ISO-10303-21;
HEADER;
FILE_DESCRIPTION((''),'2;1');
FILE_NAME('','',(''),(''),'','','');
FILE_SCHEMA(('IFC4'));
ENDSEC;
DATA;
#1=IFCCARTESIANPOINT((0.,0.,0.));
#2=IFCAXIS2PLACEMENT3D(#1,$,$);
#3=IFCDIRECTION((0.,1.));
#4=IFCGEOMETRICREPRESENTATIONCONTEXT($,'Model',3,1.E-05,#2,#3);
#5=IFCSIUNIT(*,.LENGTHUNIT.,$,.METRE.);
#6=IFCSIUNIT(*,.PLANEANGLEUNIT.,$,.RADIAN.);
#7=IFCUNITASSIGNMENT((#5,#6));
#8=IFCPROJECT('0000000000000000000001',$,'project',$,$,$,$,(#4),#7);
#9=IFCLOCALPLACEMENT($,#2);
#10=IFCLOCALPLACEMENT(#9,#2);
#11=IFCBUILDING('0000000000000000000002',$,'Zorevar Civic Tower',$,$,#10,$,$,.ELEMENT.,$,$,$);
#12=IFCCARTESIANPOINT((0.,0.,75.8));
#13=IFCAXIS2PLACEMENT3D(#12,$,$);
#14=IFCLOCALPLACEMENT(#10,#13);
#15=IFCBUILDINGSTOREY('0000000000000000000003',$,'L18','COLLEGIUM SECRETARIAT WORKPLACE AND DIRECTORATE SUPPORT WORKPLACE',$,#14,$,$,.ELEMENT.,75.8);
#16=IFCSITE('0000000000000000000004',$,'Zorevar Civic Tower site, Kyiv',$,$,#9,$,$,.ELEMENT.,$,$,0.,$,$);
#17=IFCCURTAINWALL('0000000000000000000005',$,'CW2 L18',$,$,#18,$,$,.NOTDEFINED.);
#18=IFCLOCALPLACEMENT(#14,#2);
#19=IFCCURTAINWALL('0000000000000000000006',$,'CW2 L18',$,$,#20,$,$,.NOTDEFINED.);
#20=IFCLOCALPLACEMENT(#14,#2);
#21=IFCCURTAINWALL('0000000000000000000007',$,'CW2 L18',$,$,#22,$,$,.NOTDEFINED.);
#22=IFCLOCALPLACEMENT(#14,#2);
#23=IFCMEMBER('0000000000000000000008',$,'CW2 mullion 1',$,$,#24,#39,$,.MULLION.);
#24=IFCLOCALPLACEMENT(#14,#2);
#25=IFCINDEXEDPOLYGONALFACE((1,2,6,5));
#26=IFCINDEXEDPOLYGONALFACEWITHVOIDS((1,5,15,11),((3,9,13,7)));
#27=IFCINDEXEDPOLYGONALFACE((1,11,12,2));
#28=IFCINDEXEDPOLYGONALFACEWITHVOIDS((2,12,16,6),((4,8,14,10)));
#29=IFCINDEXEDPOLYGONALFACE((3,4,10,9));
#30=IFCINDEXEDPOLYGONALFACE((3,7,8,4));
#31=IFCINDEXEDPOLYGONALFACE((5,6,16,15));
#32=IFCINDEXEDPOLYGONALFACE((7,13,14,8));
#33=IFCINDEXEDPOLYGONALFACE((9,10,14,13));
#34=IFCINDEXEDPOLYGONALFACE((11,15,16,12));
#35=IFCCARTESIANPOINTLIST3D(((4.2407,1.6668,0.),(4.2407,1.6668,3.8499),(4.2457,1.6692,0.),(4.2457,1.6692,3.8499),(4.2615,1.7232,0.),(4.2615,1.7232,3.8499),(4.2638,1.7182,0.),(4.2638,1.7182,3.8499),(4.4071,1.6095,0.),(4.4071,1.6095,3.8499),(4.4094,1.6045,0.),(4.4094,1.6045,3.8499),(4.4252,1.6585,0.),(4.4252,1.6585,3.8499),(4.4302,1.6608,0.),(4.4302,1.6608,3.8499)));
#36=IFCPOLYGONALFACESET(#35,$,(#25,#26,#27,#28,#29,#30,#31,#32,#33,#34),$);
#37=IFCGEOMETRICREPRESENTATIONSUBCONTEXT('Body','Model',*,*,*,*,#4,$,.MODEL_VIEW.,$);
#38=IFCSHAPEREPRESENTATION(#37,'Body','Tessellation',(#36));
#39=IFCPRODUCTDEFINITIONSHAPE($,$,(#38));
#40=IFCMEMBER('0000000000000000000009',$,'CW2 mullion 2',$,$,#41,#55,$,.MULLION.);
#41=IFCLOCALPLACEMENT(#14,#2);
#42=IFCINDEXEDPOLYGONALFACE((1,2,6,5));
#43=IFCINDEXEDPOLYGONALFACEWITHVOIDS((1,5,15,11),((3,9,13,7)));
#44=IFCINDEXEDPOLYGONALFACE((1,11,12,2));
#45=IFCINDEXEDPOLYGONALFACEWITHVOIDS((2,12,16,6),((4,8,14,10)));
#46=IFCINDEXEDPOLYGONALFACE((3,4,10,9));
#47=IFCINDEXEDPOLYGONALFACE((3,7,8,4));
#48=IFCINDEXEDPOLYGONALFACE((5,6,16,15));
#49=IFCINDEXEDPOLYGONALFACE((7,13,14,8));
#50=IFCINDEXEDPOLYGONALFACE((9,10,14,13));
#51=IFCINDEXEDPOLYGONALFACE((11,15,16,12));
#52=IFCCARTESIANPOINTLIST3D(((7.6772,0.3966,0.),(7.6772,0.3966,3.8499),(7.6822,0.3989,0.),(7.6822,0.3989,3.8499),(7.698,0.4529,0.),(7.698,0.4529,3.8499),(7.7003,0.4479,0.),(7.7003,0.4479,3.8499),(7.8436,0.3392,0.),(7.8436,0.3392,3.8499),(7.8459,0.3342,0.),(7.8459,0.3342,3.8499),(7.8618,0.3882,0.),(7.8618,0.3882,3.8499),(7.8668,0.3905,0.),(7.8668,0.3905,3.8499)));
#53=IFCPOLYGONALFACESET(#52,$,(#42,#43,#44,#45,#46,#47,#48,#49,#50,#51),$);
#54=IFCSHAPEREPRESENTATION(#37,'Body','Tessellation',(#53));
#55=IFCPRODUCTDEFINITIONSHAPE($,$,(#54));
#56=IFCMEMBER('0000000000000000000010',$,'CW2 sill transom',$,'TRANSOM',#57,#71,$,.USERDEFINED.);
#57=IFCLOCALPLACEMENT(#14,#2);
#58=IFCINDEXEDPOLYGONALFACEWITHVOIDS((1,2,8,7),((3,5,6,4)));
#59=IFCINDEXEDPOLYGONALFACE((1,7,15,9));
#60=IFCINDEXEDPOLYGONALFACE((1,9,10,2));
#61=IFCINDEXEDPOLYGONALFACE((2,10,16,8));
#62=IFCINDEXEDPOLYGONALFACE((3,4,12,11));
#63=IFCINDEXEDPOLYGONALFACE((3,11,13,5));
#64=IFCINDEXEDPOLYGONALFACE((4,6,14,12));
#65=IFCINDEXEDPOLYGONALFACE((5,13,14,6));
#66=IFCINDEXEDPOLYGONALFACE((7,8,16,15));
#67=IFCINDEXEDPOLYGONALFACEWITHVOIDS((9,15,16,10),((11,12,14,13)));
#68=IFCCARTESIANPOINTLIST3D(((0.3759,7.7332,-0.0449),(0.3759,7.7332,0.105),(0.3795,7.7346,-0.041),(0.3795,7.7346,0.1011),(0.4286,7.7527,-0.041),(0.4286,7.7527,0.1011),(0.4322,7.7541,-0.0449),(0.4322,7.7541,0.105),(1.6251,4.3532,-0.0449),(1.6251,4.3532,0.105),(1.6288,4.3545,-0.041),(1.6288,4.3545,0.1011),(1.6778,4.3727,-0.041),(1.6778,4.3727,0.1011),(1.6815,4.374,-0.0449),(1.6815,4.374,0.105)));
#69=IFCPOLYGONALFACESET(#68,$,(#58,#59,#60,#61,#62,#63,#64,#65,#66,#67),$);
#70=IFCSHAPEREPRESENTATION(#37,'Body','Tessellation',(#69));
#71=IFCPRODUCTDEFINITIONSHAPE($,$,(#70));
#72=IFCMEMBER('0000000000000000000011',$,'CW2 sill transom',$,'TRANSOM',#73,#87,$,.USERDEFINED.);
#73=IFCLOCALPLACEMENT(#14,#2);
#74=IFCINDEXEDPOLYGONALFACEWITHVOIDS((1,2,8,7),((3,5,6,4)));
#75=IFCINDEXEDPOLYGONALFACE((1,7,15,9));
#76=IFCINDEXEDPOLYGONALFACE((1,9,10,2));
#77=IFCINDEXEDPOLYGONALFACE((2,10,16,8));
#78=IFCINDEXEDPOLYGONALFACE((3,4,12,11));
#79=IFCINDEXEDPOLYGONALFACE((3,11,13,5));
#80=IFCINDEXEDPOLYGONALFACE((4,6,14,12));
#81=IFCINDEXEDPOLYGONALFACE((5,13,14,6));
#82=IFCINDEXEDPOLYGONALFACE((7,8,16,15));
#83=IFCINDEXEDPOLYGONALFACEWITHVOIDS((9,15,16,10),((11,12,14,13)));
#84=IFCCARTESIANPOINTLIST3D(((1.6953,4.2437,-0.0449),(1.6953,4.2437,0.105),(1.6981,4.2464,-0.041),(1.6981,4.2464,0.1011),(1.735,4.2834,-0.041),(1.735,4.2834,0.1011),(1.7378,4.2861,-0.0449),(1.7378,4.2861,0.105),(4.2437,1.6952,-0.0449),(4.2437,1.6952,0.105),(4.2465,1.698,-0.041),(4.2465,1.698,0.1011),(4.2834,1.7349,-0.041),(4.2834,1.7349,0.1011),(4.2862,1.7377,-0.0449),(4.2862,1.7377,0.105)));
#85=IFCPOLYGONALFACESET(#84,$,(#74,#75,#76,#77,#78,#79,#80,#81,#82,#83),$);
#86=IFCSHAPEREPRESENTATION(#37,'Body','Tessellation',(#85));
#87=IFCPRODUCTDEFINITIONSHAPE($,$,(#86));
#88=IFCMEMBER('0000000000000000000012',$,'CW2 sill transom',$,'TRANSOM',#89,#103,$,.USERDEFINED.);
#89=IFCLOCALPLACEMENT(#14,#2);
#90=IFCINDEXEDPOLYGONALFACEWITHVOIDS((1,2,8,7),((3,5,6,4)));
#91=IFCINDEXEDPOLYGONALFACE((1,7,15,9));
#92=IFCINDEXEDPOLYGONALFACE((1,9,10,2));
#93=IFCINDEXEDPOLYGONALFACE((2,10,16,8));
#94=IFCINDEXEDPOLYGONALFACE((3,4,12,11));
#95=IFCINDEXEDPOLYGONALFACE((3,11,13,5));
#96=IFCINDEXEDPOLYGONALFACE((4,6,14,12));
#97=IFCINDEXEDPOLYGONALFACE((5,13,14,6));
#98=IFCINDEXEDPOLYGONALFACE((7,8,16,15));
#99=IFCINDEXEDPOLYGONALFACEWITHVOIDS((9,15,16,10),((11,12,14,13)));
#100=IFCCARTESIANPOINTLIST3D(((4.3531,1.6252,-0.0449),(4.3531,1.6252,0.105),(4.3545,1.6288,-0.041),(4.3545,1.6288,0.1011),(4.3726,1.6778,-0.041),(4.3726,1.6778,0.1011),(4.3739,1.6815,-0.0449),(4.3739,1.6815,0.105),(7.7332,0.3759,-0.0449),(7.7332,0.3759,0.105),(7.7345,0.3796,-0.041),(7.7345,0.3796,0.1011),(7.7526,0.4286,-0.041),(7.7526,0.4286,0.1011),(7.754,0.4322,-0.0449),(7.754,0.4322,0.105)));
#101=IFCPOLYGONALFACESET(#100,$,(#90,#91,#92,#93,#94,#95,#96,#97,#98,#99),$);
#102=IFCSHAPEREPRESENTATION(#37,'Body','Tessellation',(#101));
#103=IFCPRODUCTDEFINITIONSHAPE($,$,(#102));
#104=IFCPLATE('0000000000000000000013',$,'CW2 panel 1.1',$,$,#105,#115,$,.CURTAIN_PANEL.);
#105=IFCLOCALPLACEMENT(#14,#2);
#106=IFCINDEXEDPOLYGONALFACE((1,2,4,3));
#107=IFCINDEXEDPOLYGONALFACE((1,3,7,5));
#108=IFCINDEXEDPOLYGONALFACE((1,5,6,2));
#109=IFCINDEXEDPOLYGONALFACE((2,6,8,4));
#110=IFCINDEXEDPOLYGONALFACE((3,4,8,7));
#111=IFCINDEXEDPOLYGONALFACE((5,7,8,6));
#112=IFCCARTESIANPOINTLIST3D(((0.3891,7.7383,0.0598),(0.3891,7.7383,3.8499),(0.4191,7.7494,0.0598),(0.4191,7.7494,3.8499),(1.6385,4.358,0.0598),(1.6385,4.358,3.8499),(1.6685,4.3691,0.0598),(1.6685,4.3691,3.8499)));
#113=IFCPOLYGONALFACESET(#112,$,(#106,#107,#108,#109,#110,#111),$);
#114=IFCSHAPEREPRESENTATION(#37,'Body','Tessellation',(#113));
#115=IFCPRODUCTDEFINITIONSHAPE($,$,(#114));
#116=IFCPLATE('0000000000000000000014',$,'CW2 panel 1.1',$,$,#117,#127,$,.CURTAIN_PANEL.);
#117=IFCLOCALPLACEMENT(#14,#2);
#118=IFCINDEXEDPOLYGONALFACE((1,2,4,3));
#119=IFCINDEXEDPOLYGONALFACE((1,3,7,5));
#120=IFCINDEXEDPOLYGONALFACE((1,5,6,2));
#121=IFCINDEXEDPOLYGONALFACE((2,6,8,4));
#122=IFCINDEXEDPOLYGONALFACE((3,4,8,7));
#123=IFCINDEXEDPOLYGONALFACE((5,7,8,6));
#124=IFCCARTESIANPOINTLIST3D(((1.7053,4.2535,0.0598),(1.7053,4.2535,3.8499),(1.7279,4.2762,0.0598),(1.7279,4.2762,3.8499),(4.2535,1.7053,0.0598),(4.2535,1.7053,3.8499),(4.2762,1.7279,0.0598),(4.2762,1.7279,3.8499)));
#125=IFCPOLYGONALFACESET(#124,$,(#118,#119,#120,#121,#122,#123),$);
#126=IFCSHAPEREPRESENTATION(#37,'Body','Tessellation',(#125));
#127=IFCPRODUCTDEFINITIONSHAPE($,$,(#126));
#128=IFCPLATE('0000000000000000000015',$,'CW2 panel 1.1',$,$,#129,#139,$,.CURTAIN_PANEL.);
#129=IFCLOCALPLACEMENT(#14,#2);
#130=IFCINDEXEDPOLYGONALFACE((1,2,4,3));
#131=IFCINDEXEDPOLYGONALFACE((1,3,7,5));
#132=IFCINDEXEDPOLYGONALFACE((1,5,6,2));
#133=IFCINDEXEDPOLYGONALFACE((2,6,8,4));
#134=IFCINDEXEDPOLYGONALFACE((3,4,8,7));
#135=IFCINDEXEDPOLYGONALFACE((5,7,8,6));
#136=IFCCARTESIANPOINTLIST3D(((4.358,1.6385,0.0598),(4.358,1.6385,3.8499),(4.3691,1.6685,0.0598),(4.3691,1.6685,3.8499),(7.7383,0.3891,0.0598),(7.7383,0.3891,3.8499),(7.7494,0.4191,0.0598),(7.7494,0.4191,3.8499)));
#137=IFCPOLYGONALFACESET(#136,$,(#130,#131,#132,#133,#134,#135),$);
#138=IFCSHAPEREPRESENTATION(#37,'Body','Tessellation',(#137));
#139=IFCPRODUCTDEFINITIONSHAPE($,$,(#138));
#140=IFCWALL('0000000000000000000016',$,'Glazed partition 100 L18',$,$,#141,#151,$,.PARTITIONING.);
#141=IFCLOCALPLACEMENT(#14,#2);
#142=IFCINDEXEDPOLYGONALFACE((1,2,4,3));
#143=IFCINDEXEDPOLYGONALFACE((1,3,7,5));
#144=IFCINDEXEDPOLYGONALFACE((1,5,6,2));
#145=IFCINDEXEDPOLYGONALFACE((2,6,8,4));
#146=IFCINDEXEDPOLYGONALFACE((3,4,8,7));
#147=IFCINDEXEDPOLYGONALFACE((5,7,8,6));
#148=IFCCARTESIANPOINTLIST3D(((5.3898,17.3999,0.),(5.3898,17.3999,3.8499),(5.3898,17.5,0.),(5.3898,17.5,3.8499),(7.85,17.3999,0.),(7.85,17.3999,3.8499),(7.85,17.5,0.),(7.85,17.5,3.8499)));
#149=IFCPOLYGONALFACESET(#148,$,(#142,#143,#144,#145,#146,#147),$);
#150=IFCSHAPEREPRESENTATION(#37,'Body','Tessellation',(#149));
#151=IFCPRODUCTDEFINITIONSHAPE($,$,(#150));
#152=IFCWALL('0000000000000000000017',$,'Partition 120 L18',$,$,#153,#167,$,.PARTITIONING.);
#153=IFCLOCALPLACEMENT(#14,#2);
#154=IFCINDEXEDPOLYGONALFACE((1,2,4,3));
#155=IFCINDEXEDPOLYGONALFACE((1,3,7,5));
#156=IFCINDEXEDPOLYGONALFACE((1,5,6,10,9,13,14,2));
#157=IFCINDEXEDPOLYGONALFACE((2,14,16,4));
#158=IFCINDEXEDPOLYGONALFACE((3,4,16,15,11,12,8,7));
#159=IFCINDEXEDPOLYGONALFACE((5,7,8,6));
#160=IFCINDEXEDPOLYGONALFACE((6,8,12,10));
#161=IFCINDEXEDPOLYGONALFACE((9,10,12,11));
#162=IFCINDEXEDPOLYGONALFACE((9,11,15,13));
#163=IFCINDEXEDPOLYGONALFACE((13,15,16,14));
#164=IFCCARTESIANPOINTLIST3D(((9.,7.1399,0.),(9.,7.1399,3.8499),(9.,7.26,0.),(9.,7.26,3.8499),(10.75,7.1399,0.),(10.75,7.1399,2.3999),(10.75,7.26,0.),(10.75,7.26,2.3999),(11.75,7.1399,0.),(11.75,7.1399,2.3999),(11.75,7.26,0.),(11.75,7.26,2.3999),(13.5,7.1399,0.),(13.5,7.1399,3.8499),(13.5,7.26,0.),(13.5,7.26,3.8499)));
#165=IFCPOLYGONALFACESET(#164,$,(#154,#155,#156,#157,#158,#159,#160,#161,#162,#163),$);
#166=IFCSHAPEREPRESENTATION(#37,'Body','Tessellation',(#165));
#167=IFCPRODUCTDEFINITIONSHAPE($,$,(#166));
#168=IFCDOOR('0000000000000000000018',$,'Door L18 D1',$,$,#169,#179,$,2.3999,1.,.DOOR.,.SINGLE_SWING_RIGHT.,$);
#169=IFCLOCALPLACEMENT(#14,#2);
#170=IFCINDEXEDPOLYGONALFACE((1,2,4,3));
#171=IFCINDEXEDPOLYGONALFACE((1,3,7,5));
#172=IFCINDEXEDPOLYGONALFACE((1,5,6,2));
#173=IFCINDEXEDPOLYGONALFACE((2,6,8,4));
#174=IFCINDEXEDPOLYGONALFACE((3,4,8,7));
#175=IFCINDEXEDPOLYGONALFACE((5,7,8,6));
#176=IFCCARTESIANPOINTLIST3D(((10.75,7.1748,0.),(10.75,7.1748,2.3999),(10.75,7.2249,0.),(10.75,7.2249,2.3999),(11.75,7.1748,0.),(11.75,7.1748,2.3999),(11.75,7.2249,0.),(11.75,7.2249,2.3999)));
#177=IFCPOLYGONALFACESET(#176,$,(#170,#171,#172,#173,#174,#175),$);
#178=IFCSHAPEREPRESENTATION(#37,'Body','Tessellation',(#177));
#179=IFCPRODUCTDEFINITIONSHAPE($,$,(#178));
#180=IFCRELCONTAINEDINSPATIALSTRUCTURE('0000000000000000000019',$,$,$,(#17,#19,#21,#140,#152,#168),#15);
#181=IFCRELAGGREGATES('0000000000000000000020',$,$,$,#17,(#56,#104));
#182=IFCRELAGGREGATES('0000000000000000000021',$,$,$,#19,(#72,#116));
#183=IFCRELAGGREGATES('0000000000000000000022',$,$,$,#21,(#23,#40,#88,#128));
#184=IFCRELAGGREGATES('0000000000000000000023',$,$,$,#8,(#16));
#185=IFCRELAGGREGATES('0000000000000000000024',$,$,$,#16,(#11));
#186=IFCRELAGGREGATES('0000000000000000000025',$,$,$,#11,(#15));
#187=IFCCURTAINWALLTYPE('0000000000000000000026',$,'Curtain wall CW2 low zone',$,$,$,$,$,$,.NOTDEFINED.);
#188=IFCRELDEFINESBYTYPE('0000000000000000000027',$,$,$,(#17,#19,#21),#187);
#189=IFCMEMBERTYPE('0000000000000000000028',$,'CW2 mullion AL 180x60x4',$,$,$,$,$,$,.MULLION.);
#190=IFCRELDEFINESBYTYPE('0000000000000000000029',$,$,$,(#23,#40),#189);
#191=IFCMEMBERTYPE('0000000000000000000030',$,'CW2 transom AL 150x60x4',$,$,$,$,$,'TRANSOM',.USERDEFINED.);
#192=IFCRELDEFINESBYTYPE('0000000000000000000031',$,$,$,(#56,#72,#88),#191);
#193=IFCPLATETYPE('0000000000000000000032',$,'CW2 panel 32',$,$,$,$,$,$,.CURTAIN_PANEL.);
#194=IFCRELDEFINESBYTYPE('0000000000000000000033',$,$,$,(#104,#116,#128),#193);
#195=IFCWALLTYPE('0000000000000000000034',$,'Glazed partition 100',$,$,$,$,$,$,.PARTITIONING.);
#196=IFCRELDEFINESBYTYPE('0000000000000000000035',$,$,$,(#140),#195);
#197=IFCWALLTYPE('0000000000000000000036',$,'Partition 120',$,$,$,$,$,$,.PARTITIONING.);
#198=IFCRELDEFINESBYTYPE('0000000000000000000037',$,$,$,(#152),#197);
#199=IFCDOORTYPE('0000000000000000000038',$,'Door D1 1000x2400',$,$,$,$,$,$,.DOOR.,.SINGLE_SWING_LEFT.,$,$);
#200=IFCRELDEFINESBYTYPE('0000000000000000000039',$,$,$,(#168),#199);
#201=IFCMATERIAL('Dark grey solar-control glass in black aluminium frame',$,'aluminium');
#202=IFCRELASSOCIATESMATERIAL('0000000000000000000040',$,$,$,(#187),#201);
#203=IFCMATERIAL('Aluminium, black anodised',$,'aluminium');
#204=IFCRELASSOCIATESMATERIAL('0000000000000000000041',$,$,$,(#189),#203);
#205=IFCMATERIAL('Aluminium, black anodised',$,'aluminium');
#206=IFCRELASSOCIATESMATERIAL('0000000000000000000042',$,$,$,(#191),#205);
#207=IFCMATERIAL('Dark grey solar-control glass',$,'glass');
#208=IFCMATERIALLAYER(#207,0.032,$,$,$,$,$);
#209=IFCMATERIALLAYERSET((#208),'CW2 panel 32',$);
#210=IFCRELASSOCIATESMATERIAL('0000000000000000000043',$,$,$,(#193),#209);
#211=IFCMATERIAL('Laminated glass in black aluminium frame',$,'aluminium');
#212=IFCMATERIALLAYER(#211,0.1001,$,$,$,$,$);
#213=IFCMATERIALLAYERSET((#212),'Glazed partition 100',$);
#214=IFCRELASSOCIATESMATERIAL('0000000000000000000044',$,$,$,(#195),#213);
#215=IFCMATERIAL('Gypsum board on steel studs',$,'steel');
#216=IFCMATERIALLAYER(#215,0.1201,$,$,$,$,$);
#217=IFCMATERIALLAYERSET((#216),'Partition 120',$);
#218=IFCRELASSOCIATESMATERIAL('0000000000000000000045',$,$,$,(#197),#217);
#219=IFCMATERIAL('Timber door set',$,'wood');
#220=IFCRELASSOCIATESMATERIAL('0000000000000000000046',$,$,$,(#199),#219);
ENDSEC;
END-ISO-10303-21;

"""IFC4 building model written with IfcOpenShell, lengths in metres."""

from ifc_helpers import new_model, si_unit, direction, frame, frame_2d, origin, origin_2d, place, context, subcontext, project, spatial, rectangle, hollow_rectangle, extrude, material, layer, layer_set, material_profile, profile_set, type_object, element, fill, aggregate, save


model = new_model("IFC4")

# Units and contexts
model_context = context("Model", 3, precision=1e-05, world=origin(), true_north=direction((0.0, 1.0)))
body_context = subcontext(model_context, "Body", "Model", "MODEL_VIEW")
ifc_project = project(units=[si_unit("LENGTHUNIT", "METRE"), si_unit("PLANEANGLEUNIT", "RADIAN")], contexts=[model_context])

# Site, building, storey
site_placement = place(None, origin())
site = spatial("IfcSite", under=ifc_project, at=site_placement, Name="Zorevar Civic Tower site, Kyiv", CompositionType="ELEMENT", RefElevation=0.0)
building_placement = place(site_placement, origin())
building = spatial("IfcBuilding", under=site, at=building_placement, Name="Zorevar Civic Tower", CompositionType="ELEMENT")
storey_placement = place(building_placement, frame((0.0, 0.0, 75.8)))
storey = spatial("IfcBuildingStorey", under=building, at=storey_placement, Name="L18", Description="COLLEGIUM SECRETARIAT WORKPLACE AND DIRECTORATE SUPPORT WORKPLACE", CompositionType="ELEMENT", Elevation=75.8)

# Curtain walls, members
ifc_material_1 = material(Name="Dark grey solar-control glass in black aluminium frame", Category="aluminium")
curtain_wall_type = type_object("IfcCurtainWallType", Name="Curtain wall CW2 low zone", PredefinedType="NOTDEFINED", material=ifc_material_1)
curtain_wall_1_placement = place(storey_placement, origin())
curtain_wall_1 = element("IfcCurtainWall", 1, at=curtain_wall_1_placement, inside=storey, type_object=curtain_wall_type, Name="CW2 L18", PredefinedType="NOTDEFINED")
ifc_material_2 = material(Name="Aluminium, black anodised", Category="aluminium")
ifc_material_profile_1 = material_profile(ifc_material_2, hollow_rectangle(XDim=0.0601, YDim=0.1799, WallThickness=0.0039, at=origin_2d()), Name="AL 180x60x4")
ifc_profile_set_1 = profile_set([ifc_material_profile_1], Name="Aluminium, black anodised")
member_type_1 = type_object("IfcMemberType", Name="CW2 mullion AL 180x60x4", PredefinedType="MULLION", material=ifc_profile_set_1)
curtain_wall_2_placement = place(storey_placement, origin())
curtain_wall_2 = element("IfcCurtainWall", 2, at=curtain_wall_2_placement, inside=storey, type_object=curtain_wall_type, Name="CW2 L18", PredefinedType="NOTDEFINED")
curtain_wall_3_placement = place(storey_placement, origin())
curtain_wall_3 = element("IfcCurtainWall", 3, at=curtain_wall_3_placement, inside=storey, type_object=curtain_wall_type, Name="CW2 L18", PredefinedType="NOTDEFINED")
member_1_placement = place(storey_placement, frame((4.3354, 1.6638, 0.0), z_axis=(0.0, 0.0, 1.0), x_axis=(0.346704, 0.937975, 0.0)))
member_1 = element("IfcMember", 4, at=member_1_placement, type_object=member_type_1, Name="CW2 mullion 1", PredefinedType="MULLION", context=body_context, shape_type="SweptSolid", body=[
    extrude(hollow_rectangle(XDim=0.0601, YDim=0.1799, WallThickness=0.0039, at=origin_2d()), origin(), (0.0, 0.0, 1.0), 3.8499),
])
member_2_placement = place(storey_placement, frame((7.772, 0.3936, 0.0), z_axis=(0.0, 0.0, 1.0), x_axis=(0.346704, 0.937975, 0.0)))
member_2 = element("IfcMember", 5, at=member_2_placement, type_object=member_type_1, Name="CW2 mullion 2", PredefinedType="MULLION", context=body_context, shape_type="SweptSolid", body=[
    extrude(hollow_rectangle(XDim=0.0601, YDim=0.1799, WallThickness=0.0039, at=origin_2d()), origin(), (0.0, 0.0, 1.0), 3.8499),
])

# Members
ifc_material_3 = material(Name="Aluminium, black anodised", Category="aluminium")
ifc_material_profile_2 = material_profile(ifc_material_3, hollow_rectangle(XDim=0.0601, YDim=0.1499, WallThickness=0.0039, at=origin_2d()), Name="AL 150x60x4")
ifc_profile_set_2 = profile_set([ifc_material_profile_2], Name="Aluminium, black anodised")
member_type_2 = type_object("IfcMemberType", Name="CW2 transom AL 150x60x4", ElementType="TRANSOM", PredefinedType="USERDEFINED", material=ifc_profile_set_2)
member_3_placement = place(storey_placement, frame((0.4041, 7.7437, 0.03), z_axis=(0.346672, -0.937986, 0.0), x_axis=(0.937986, 0.346672, 0.0)))
member_3 = element("IfcMember", 6, at=member_3_placement, type_object=member_type_2, Name="CW2 sill transom", ObjectType="TRANSOM", PredefinedType="USERDEFINED", context=body_context, shape_type="SweptSolid", body=[
    extrude(hollow_rectangle(XDim=0.0601, YDim=0.1499, WallThickness=0.0039, at=origin_2d()), origin(), (0.0, 0.0, 1.0), 3.6035),
])
member_4_placement = place(storey_placement, frame((1.7166, 4.2649, 0.03), z_axis=(0.707107, -0.707107, 0.0), x_axis=(0.707107, 0.707107, 0.0)))
member_4 = element("IfcMember", 7, at=member_4_placement, type_object=member_type_2, Name="CW2 sill transom", ObjectType="TRANSOM", PredefinedType="USERDEFINED", context=body_context, shape_type="SweptSolid", body=[
    extrude(hollow_rectangle(XDim=0.0601, YDim=0.1499, WallThickness=0.0039, at=origin_2d()), origin(), (0.0, 0.0, 1.0), 3.604),
])
member_5_placement = place(storey_placement, frame((4.3635, 1.6533, 0.03), z_axis=(0.937986, -0.346672, 0.0), x_axis=(0.346672, 0.937986, 0.0)))
member_5 = element("IfcMember", 8, at=member_5_placement, type_object=member_type_2, Name="CW2 sill transom", ObjectType="TRANSOM", PredefinedType="USERDEFINED", context=body_context, shape_type="SweptSolid", body=[
    extrude(hollow_rectangle(XDim=0.0601, YDim=0.1499, WallThickness=0.0039, at=origin_2d()), origin(), (0.0, 0.0, 1.0), 3.6035),
])

# Plates
ifc_material_4 = material(Name="Dark grey solar-control glass", Category="glass")
ifc_layer_1 = layer(ifc_material_4, 0.032)
ifc_layer_set_1 = layer_set([ifc_layer_1], Name="CW2 panel 32")
plate_type = type_object("IfcPlateType", Name="CW2 panel 32", PredefinedType="CURTAIN_PANEL", material=ifc_layer_set_1)
plate_1_placement = place(storey_placement, frame((1.0288, 6.0537, 0.0598), z_axis=(0.0, 0.0, 1.0), x_axis=(0.346704, -0.937975, 0.0)))
plate_1 = element("IfcPlate", 9, at=plate_1_placement, type_object=plate_type, Name="CW2 panel 1.1", PredefinedType="CURTAIN_PANEL", context=body_context, shape_type="SweptSolid", body=[
    extrude(rectangle(XDim=3.6038, YDim=0.032, at=origin_2d()), origin(), (0.0, 0.0, 1.0), 3.79),
])
aggregate(curtain_wall_1, [member_3, plate_1])
plate_2_placement = place(storey_placement, frame((2.9907, 2.9907, 0.0598), z_axis=(0.0, 0.0, 1.0), x_axis=(0.707107, -0.707107, 0.0)))
plate_2 = element("IfcPlate", 10, at=plate_2_placement, type_object=plate_type, Name="CW2 panel 1.1", PredefinedType="CURTAIN_PANEL", context=body_context, shape_type="SweptSolid", body=[
    extrude(rectangle(XDim=3.6038, YDim=0.032, at=origin_2d()), origin(), (0.0, 0.0, 1.0), 3.79),
])
aggregate(curtain_wall_2, [member_4, plate_2])
plate_3_placement = place(storey_placement, frame((6.0537, 1.0288, 0.0598), z_axis=(0.0, 0.0, 1.0), x_axis=(0.937975, -0.346704, 0.0)))
plate_3 = element("IfcPlate", 11, at=plate_3_placement, type_object=plate_type, Name="CW2 panel 1.1", PredefinedType="CURTAIN_PANEL", context=body_context, shape_type="SweptSolid", body=[
    extrude(rectangle(XDim=3.6038, YDim=0.032, at=origin_2d()), origin(), (0.0, 0.0, 1.0), 3.79),
])
aggregate(curtain_wall_3, [member_1, member_2, member_5, plate_3])

# Wall
ifc_material_5 = material(Name="Laminated glass in black aluminium frame", Category="aluminium")
ifc_layer_2 = layer(ifc_material_5, 0.1001)
ifc_layer_set_2 = layer_set([ifc_layer_2], Name="Glazed partition 100")
wall_type_1 = type_object("IfcWallType", Name="Glazed partition 100", PredefinedType="PARTITIONING", material=ifc_layer_set_2)
wall_1_placement = place(storey_placement, frame((5.3899, 17.45, 0.0), z_axis=(0.0, 0.0, 1.0), x_axis=(1.0, 0.0, 0.0)))
element("IfcWall", 12, at=wall_1_placement, inside=storey, type_object=wall_type_1, Name="Glazed partition 100 L18", PredefinedType="PARTITIONING", context=body_context, shape_type="SweptSolid", body=[
    extrude(rectangle(XDim=2.4602, YDim=0.1001, at=frame_2d((1.23, 0.0))), origin(), (0.0, 0.0, 1.0), 3.8499),
])

# Wall, opening, door
ifc_material_6 = material(Name="Gypsum board on steel studs", Category="steel")
ifc_layer_3 = layer(ifc_material_6, 0.1201)
ifc_layer_set_3 = layer_set([ifc_layer_3], Name="Partition 120")
wall_type_2 = type_object("IfcWallType", Name="Partition 120", PredefinedType="PARTITIONING", material=ifc_layer_set_3)
wall_2_placement = place(storey_placement, frame((9.0, 7.2, 0.0), z_axis=(0.0, 0.0, 1.0), x_axis=(1.0, 0.0, 0.0)))
wall_2 = element("IfcWall", 13, at=wall_2_placement, inside=storey, type_object=wall_type_2, Name="Partition 120 L18", PredefinedType="PARTITIONING", context=body_context, shape_type="SweptSolid", body=[
    extrude(rectangle(XDim=4.5, YDim=0.1201, at=frame_2d((2.25, 0.0))), origin(), (0.0, 0.0, 1.0), 3.8499),
])
opening_1_placement = place(wall_2_placement, frame((1.75, 0.0, 0.0)))
opening_1 = element("IfcOpeningElement", 14, at=opening_1_placement, cuts=wall_2, PredefinedType="OPENING", context=body_context, shape_type="SweptSolid", body=[
    extrude(rectangle(XDim=1.0, YDim=2.3999, at=frame_2d((0.5, 1.2))), frame((0.0, 0.0701, 0.0), z_axis=(0.0, -1.0, 0.0), x_axis=(1.0, 0.0, 0.0)), (0.0, 0.0, 1.0), 0.1401),
])
ifc_material_7 = material(Name="Timber door set", Category="wood")
door_type = type_object("IfcDoorType", Name="Door D1 1000x2400", OperationType="SINGLE_SWING_LEFT", PredefinedType="DOOR", material=ifc_material_7)
door_1_placement = place(opening_1_placement, origin())
door_1 = element("IfcDoor", 15, at=door_1_placement, inside=storey, type_object=door_type, Name="Door L18 D1", OperationType="SINGLE_SWING_RIGHT", OverallHeight=2.3999, OverallWidth=1.0, PredefinedType="DOOR", context=body_context, shape_type="SweptSolid", body=[
    extrude(rectangle(XDim=1.0, YDim=2.3999, at=frame_2d((0.5, 1.2))), frame((0.0, 0.0249, 0.0), z_axis=(0.0, -1.0, 0.0), x_axis=(1.0, 0.0, 0.0)), (0.0, 0.0, 1.0), 0.05),
])
fill(opening_1, door_1)

save(model, "model.ifc")
